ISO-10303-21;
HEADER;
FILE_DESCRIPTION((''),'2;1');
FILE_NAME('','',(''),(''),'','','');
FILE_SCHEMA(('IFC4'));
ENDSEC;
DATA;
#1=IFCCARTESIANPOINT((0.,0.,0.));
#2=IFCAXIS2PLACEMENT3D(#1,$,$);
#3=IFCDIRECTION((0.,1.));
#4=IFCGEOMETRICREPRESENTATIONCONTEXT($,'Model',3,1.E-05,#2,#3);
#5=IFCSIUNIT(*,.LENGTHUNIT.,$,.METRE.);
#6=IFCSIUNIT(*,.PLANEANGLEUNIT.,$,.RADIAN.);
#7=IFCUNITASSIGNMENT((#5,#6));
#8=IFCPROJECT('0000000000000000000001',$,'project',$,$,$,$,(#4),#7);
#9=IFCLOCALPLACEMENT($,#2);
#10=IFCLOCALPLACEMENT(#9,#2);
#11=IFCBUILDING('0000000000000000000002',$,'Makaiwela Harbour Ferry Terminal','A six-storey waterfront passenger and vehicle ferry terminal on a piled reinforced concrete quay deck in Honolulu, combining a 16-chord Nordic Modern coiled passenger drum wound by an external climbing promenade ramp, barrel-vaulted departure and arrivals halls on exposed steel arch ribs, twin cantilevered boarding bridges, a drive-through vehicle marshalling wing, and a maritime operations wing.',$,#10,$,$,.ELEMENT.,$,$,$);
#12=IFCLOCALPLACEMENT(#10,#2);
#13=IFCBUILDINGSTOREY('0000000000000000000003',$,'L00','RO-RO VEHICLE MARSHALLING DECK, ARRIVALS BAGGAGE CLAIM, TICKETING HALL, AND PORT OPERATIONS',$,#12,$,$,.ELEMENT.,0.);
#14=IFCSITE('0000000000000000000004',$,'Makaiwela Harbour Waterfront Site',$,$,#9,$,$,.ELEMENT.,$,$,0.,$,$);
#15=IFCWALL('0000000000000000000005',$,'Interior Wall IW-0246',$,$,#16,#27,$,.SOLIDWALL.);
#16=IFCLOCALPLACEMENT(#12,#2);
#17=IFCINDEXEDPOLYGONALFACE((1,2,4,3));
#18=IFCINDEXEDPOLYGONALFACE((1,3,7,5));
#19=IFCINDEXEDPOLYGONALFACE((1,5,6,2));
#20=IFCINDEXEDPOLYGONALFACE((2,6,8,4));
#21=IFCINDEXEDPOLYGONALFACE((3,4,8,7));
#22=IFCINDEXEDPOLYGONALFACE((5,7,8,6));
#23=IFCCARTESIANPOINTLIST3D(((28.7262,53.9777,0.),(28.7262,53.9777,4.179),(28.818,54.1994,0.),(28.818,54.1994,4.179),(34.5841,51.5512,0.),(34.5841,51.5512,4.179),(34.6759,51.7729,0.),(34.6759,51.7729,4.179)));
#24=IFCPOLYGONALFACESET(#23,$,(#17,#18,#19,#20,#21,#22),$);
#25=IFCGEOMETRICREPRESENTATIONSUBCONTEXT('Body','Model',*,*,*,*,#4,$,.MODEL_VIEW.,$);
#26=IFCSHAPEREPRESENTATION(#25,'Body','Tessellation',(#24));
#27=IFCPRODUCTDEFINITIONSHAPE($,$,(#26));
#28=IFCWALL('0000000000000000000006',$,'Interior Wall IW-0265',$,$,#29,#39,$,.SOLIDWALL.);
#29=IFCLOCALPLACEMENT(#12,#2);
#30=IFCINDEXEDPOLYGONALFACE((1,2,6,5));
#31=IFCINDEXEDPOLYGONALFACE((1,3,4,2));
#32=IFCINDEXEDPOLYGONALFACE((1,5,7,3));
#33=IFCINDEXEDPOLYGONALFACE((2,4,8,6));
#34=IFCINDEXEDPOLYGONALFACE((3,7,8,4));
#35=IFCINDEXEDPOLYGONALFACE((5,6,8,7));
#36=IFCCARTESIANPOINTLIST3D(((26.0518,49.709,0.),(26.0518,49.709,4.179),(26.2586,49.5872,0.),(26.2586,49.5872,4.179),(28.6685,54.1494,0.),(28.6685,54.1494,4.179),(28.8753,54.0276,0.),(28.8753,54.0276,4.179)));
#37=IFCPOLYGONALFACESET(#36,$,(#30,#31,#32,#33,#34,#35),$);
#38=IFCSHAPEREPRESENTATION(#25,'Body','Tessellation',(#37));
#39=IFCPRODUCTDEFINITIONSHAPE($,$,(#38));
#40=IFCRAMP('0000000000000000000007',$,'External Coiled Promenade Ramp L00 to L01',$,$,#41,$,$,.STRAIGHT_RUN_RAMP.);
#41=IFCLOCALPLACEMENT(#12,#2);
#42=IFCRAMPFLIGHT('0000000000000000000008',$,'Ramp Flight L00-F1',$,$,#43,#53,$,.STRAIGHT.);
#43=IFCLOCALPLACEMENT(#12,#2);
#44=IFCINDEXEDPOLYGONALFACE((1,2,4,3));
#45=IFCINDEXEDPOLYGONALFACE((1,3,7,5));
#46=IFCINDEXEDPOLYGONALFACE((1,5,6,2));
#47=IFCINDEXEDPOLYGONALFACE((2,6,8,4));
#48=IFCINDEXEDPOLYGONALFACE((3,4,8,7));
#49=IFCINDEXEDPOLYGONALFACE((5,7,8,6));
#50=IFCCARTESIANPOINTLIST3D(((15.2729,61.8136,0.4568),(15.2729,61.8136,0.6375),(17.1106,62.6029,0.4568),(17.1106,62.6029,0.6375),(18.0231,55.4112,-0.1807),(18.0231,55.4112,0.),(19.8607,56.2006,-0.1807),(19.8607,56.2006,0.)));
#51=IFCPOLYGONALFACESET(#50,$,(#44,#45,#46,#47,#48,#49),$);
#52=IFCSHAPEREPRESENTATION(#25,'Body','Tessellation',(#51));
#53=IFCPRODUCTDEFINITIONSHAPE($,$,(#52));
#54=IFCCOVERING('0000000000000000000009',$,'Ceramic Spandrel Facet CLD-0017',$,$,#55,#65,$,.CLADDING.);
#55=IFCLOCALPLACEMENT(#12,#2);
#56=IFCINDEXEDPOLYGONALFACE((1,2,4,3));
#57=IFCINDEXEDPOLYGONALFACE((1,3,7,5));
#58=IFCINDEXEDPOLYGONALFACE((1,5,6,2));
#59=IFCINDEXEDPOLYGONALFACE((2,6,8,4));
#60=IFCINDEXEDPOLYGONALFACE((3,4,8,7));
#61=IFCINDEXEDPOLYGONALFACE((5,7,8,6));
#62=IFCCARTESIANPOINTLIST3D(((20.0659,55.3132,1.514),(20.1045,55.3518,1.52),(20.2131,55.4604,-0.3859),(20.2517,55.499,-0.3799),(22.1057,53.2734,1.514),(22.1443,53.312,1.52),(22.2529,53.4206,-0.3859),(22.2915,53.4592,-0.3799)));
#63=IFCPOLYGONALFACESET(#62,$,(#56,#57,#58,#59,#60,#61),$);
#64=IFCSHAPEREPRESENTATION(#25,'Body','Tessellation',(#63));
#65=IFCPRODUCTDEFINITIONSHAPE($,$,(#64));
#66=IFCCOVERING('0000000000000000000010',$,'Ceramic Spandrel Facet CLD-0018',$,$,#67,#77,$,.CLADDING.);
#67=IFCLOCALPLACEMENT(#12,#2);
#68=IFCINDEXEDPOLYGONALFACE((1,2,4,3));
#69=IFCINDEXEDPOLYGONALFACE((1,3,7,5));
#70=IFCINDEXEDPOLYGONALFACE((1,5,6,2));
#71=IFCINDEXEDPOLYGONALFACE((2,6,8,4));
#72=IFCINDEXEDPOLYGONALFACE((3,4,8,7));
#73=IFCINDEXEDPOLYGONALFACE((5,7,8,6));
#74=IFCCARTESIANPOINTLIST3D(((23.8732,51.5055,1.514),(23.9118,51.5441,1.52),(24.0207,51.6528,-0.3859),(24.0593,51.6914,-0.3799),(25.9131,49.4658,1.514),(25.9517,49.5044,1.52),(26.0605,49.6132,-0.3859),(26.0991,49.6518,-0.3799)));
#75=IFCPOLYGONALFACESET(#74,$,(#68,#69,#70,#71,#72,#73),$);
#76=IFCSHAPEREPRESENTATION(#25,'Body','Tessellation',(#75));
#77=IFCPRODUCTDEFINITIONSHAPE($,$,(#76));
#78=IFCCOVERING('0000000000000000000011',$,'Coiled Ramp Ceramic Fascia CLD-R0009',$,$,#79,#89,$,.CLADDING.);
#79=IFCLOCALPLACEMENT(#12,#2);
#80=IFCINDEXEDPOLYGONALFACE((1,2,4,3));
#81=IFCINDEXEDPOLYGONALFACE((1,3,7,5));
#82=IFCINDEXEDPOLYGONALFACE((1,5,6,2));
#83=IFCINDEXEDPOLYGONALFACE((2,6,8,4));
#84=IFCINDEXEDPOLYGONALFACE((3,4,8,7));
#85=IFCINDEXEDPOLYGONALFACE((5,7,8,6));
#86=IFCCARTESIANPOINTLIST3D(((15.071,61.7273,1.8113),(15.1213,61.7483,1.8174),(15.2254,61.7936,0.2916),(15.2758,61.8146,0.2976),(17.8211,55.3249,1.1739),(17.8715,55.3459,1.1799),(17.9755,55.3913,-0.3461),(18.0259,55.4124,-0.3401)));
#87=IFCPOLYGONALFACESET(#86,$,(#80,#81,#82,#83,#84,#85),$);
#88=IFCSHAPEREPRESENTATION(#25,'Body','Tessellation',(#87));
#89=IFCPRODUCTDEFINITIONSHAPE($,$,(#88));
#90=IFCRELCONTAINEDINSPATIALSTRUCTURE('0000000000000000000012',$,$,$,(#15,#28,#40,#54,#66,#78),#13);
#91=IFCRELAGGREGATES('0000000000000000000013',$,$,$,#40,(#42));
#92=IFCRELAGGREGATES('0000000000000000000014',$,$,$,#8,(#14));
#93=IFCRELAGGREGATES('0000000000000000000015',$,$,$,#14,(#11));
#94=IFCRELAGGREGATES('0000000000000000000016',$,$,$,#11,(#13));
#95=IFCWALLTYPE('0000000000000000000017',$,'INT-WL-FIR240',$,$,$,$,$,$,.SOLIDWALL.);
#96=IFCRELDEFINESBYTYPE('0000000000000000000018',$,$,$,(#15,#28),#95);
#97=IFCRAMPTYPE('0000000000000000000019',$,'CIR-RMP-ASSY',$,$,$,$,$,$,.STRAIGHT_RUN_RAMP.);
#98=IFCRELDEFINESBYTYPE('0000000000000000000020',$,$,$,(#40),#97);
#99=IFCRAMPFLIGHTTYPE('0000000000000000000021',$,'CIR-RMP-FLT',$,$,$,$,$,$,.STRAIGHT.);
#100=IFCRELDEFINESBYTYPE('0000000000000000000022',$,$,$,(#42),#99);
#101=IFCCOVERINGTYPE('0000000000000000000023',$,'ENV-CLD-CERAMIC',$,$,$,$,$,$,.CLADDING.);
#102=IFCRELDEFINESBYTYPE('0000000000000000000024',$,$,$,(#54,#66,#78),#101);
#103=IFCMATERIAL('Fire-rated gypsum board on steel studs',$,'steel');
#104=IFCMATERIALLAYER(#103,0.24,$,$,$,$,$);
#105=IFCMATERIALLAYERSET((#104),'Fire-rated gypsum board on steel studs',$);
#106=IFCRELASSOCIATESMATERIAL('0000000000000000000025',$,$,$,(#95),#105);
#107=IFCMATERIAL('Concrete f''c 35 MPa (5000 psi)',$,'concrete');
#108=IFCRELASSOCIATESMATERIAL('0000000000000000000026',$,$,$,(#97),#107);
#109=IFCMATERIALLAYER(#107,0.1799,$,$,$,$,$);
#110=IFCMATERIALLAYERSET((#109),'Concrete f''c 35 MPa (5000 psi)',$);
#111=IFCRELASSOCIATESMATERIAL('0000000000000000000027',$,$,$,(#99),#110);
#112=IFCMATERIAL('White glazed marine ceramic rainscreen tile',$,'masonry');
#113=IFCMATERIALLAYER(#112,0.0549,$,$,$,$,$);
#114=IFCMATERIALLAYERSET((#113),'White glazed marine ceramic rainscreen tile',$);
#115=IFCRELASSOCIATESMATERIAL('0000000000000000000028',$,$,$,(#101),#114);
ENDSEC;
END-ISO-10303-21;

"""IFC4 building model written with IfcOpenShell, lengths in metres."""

from ifc_helpers import new_model, si_unit, direction, frame, frame_2d, origin, place, context, subcontext, project, spatial, polyline, rectangle, outline, extrude, material, layer, layer_set, type_object, element, aggregate, save


model = new_model("IFC4")

# Units and contexts
model_context = context("Model", 3, precision=1e-05, world=origin(), true_north=direction((0.0, 1.0)))
body_context = subcontext(model_context, "Body", "Model", "MODEL_VIEW")
ifc_project = project(units=[si_unit("LENGTHUNIT", "METRE"), si_unit("PLANEANGLEUNIT", "RADIAN")], contexts=[model_context])

# Site, building, storey
site_placement = place(None, origin())
site = spatial("IfcSite", under=ifc_project, at=site_placement, Name="Makaiwela Harbour Waterfront Site", CompositionType="ELEMENT", RefElevation=0.0)
building_placement = place(site_placement, origin())
building = spatial("IfcBuilding", under=site, at=building_placement, Name="Makaiwela Harbour Ferry Terminal", Description="A six-storey waterfront passenger and vehicle ferry terminal on a piled reinforced concrete quay deck in Honolulu, combining a 16-chord Nordic Modern coiled passenger drum wound by an external climbing promenade ramp, barrel-vaulted departure and arrivals halls on exposed steel arch ribs, twin cantilevered boarding bridges, a drive-through vehicle marshalling wing, and a maritime operations wing.", CompositionType="ELEMENT")
storey_placement = place(building_placement, origin())
storey = spatial("IfcBuildingStorey", under=building, at=storey_placement, Name="L00", Description="RO-RO VEHICLE MARSHALLING DECK, ARRIVALS BAGGAGE CLAIM, TICKETING HALL, AND PORT OPERATIONS", CompositionType="ELEMENT", Elevation=0.0)

# Walls
ifc_material_1 = material(Name="Fire-rated gypsum board on steel studs", Category="steel")
ifc_layer_1 = layer(ifc_material_1, 0.24)
ifc_layer_set_1 = layer_set([ifc_layer_1], Name="Fire-rated gypsum board on steel studs")
wall_type_1 = type_object("IfcWallType", Name="INT-WL-FIR240", PredefinedType="SOLIDWALL", material=ifc_layer_set_1)
wall_1_placement = place(storey_placement, frame((28.772, 54.0886, 0.0), z_axis=(0.0, 0.0, 1.0), x_axis=(0.923875, -0.382695, 0.0)))
element("IfcWall", 1, at=wall_1_placement, inside=storey, type_object=wall_type_1, Name="Interior Wall IW-0246", PredefinedType="SOLIDWALL", context=body_context, shape_type="SweptSolid", body=[
    extrude(rectangle(XDim=6.3406, YDim=0.24, at=frame_2d((3.1704, 0.0))), origin(), (0.0, 0.0, 1.0), 4.179),
])
wall_2_placement = place(storey_placement, frame((28.772, 54.0886, 0.0), z_axis=(0.0, 0.0, 1.0), x_axis=(-0.507695, -0.861537, 0.0)))
element("IfcWall", 2, at=wall_2_placement, inside=storey, type_object=wall_type_1, Name="Interior Wall IW-0265", PredefinedType="SOLIDWALL", context=body_context, shape_type="SweptSolid", body=[
    extrude(rectangle(XDim=5.1541, YDim=0.24, at=frame_2d((2.5771, 0.0))), origin(), (0.0, 0.0, 1.0), 4.179),
])

# Ramp, ramp flight
ifc_material_2 = material(Name="Concrete f'c 35 MPa (5000 psi)", Category="concrete")
ramp_type = type_object("IfcRampType", Name="CIR-RMP-ASSY", PredefinedType="STRAIGHT_RUN_RAMP", material=ifc_material_2)
ramp_placement = place(storey_placement, origin())
ramp = element("IfcRamp", 3, at=ramp_placement, inside=storey, type_object=ramp_type, Name="External Coiled Promenade Ramp L00 to L01", PredefinedType="STRAIGHT_RUN_RAMP")
ifc_layer_2 = layer(ifc_material_2, 0.1799)
ifc_layer_set_2 = layer_set([ifc_layer_2], Name="Concrete f'c 35 MPa (5000 psi)")
ramp_flight_type = type_object("IfcRampFlightType", Name="CIR-RMP-FLT", PredefinedType="STRAIGHT", material=ifc_layer_set_2)
ramp_flight_placement = place(storey_placement, frame((18.9419, 55.8059, 0.0), z_axis=(0.0, 0.0, 1.0), x_axis=(-0.39468, 0.918819, 0.0)))
ramp_flight = element("IfcRampFlight", 4, at=ramp_flight_placement, type_object=ramp_flight_type, Name="Ramp Flight L00-F1", PredefinedType="STRAIGHT", context=body_context, shape_type="SweptSolid", body=[
    extrude(outline(polyline([(0.0, 0.0), (6.968, 0.6375), (6.968, 0.4568), (0.0, -0.1807), (0.0, 0.0)])), frame((0.0, 1.0, 0.0), z_axis=(0.0, -1.0, 0.0), x_axis=(1.0, 0.0, 0.0)), (0.0, 0.0, 1.0), 2.0),
])
aggregate(ramp, [ramp_flight])

# Coverings
ifc_material_3 = material(Name="White glazed marine ceramic rainscreen tile", Category="masonry")
ifc_layer_3 = layer(ifc_material_3, 0.0549)
ifc_layer_set_3 = layer_set([ifc_layer_3], Name="White glazed marine ceramic rainscreen tile")
covering_type = type_object("IfcCoveringType", Name="ENV-CLD-CERAMIC", PredefinedType="CLADDING", material=ifc_layer_set_3)
covering_1_placement = place(storey_placement, frame((20.2517, 55.499, -0.3799), z_axis=(0.702899, 0.702899, 0.10893), x_axis=(0.707107, -0.707107, 0.0)))
element("IfcCovering", 5, at=covering_1_placement, inside=storey, type_object=covering_type, Name="Ceramic Spandrel Facet CLD-0017", PredefinedType="CLADDING", context=body_context, shape_type="SweptSolid", body=[
    extrude(outline(polyline([(0.0, 0.0), (2.8847, 0.0), (2.8847, -1.9113), (0.0, -1.9113), (0.0, 0.0)])), origin(), (0.0, 0.0, -1.0), 0.0549),
])
covering_2_placement = place(storey_placement, frame((24.0593, 51.6914, -0.3799), z_axis=(0.702868, 0.70291, 0.109064), x_axis=(0.707128, -0.707085, -0.000003)))
element("IfcCovering", 6, at=covering_2_placement, inside=storey, type_object=covering_type, Name="Ceramic Spandrel Facet CLD-0018", PredefinedType="CLADDING", context=body_context, shape_type="SweptSolid", body=[
    extrude(outline(polyline([(0.0, 0.0), (2.8845, 0.0), (2.8845, -1.9113), (-0.0002, -1.9113), (0.0, 0.0)])), origin(), (0.0, 0.0, -1.0), 0.0549),
])
covering_3_placement = place(storey_placement, frame((18.0259, 55.4124, -0.3401), z_axis=(0.917175, 0.383026, 0.109918), x_axis=(-0.393037, 0.914995, 0.091135)))
element("IfcCovering", 7, at=covering_3_placement, inside=storey, type_object=covering_type, Name="Coiled Ramp Ceramic Fascia CLD-R0009", PredefinedType="CLADDING", context=body_context, shape_type="SweptSolid", body=[
    extrude(outline(polyline([(0.0, 0.0), (6.9971, 0.0), (7.1356, 1.5228), (0.1384, 1.523), (0.0, 0.0)])), origin(), (0.0, 0.0, -1.0), 0.0549),
])

save(model, "model.ifc")
